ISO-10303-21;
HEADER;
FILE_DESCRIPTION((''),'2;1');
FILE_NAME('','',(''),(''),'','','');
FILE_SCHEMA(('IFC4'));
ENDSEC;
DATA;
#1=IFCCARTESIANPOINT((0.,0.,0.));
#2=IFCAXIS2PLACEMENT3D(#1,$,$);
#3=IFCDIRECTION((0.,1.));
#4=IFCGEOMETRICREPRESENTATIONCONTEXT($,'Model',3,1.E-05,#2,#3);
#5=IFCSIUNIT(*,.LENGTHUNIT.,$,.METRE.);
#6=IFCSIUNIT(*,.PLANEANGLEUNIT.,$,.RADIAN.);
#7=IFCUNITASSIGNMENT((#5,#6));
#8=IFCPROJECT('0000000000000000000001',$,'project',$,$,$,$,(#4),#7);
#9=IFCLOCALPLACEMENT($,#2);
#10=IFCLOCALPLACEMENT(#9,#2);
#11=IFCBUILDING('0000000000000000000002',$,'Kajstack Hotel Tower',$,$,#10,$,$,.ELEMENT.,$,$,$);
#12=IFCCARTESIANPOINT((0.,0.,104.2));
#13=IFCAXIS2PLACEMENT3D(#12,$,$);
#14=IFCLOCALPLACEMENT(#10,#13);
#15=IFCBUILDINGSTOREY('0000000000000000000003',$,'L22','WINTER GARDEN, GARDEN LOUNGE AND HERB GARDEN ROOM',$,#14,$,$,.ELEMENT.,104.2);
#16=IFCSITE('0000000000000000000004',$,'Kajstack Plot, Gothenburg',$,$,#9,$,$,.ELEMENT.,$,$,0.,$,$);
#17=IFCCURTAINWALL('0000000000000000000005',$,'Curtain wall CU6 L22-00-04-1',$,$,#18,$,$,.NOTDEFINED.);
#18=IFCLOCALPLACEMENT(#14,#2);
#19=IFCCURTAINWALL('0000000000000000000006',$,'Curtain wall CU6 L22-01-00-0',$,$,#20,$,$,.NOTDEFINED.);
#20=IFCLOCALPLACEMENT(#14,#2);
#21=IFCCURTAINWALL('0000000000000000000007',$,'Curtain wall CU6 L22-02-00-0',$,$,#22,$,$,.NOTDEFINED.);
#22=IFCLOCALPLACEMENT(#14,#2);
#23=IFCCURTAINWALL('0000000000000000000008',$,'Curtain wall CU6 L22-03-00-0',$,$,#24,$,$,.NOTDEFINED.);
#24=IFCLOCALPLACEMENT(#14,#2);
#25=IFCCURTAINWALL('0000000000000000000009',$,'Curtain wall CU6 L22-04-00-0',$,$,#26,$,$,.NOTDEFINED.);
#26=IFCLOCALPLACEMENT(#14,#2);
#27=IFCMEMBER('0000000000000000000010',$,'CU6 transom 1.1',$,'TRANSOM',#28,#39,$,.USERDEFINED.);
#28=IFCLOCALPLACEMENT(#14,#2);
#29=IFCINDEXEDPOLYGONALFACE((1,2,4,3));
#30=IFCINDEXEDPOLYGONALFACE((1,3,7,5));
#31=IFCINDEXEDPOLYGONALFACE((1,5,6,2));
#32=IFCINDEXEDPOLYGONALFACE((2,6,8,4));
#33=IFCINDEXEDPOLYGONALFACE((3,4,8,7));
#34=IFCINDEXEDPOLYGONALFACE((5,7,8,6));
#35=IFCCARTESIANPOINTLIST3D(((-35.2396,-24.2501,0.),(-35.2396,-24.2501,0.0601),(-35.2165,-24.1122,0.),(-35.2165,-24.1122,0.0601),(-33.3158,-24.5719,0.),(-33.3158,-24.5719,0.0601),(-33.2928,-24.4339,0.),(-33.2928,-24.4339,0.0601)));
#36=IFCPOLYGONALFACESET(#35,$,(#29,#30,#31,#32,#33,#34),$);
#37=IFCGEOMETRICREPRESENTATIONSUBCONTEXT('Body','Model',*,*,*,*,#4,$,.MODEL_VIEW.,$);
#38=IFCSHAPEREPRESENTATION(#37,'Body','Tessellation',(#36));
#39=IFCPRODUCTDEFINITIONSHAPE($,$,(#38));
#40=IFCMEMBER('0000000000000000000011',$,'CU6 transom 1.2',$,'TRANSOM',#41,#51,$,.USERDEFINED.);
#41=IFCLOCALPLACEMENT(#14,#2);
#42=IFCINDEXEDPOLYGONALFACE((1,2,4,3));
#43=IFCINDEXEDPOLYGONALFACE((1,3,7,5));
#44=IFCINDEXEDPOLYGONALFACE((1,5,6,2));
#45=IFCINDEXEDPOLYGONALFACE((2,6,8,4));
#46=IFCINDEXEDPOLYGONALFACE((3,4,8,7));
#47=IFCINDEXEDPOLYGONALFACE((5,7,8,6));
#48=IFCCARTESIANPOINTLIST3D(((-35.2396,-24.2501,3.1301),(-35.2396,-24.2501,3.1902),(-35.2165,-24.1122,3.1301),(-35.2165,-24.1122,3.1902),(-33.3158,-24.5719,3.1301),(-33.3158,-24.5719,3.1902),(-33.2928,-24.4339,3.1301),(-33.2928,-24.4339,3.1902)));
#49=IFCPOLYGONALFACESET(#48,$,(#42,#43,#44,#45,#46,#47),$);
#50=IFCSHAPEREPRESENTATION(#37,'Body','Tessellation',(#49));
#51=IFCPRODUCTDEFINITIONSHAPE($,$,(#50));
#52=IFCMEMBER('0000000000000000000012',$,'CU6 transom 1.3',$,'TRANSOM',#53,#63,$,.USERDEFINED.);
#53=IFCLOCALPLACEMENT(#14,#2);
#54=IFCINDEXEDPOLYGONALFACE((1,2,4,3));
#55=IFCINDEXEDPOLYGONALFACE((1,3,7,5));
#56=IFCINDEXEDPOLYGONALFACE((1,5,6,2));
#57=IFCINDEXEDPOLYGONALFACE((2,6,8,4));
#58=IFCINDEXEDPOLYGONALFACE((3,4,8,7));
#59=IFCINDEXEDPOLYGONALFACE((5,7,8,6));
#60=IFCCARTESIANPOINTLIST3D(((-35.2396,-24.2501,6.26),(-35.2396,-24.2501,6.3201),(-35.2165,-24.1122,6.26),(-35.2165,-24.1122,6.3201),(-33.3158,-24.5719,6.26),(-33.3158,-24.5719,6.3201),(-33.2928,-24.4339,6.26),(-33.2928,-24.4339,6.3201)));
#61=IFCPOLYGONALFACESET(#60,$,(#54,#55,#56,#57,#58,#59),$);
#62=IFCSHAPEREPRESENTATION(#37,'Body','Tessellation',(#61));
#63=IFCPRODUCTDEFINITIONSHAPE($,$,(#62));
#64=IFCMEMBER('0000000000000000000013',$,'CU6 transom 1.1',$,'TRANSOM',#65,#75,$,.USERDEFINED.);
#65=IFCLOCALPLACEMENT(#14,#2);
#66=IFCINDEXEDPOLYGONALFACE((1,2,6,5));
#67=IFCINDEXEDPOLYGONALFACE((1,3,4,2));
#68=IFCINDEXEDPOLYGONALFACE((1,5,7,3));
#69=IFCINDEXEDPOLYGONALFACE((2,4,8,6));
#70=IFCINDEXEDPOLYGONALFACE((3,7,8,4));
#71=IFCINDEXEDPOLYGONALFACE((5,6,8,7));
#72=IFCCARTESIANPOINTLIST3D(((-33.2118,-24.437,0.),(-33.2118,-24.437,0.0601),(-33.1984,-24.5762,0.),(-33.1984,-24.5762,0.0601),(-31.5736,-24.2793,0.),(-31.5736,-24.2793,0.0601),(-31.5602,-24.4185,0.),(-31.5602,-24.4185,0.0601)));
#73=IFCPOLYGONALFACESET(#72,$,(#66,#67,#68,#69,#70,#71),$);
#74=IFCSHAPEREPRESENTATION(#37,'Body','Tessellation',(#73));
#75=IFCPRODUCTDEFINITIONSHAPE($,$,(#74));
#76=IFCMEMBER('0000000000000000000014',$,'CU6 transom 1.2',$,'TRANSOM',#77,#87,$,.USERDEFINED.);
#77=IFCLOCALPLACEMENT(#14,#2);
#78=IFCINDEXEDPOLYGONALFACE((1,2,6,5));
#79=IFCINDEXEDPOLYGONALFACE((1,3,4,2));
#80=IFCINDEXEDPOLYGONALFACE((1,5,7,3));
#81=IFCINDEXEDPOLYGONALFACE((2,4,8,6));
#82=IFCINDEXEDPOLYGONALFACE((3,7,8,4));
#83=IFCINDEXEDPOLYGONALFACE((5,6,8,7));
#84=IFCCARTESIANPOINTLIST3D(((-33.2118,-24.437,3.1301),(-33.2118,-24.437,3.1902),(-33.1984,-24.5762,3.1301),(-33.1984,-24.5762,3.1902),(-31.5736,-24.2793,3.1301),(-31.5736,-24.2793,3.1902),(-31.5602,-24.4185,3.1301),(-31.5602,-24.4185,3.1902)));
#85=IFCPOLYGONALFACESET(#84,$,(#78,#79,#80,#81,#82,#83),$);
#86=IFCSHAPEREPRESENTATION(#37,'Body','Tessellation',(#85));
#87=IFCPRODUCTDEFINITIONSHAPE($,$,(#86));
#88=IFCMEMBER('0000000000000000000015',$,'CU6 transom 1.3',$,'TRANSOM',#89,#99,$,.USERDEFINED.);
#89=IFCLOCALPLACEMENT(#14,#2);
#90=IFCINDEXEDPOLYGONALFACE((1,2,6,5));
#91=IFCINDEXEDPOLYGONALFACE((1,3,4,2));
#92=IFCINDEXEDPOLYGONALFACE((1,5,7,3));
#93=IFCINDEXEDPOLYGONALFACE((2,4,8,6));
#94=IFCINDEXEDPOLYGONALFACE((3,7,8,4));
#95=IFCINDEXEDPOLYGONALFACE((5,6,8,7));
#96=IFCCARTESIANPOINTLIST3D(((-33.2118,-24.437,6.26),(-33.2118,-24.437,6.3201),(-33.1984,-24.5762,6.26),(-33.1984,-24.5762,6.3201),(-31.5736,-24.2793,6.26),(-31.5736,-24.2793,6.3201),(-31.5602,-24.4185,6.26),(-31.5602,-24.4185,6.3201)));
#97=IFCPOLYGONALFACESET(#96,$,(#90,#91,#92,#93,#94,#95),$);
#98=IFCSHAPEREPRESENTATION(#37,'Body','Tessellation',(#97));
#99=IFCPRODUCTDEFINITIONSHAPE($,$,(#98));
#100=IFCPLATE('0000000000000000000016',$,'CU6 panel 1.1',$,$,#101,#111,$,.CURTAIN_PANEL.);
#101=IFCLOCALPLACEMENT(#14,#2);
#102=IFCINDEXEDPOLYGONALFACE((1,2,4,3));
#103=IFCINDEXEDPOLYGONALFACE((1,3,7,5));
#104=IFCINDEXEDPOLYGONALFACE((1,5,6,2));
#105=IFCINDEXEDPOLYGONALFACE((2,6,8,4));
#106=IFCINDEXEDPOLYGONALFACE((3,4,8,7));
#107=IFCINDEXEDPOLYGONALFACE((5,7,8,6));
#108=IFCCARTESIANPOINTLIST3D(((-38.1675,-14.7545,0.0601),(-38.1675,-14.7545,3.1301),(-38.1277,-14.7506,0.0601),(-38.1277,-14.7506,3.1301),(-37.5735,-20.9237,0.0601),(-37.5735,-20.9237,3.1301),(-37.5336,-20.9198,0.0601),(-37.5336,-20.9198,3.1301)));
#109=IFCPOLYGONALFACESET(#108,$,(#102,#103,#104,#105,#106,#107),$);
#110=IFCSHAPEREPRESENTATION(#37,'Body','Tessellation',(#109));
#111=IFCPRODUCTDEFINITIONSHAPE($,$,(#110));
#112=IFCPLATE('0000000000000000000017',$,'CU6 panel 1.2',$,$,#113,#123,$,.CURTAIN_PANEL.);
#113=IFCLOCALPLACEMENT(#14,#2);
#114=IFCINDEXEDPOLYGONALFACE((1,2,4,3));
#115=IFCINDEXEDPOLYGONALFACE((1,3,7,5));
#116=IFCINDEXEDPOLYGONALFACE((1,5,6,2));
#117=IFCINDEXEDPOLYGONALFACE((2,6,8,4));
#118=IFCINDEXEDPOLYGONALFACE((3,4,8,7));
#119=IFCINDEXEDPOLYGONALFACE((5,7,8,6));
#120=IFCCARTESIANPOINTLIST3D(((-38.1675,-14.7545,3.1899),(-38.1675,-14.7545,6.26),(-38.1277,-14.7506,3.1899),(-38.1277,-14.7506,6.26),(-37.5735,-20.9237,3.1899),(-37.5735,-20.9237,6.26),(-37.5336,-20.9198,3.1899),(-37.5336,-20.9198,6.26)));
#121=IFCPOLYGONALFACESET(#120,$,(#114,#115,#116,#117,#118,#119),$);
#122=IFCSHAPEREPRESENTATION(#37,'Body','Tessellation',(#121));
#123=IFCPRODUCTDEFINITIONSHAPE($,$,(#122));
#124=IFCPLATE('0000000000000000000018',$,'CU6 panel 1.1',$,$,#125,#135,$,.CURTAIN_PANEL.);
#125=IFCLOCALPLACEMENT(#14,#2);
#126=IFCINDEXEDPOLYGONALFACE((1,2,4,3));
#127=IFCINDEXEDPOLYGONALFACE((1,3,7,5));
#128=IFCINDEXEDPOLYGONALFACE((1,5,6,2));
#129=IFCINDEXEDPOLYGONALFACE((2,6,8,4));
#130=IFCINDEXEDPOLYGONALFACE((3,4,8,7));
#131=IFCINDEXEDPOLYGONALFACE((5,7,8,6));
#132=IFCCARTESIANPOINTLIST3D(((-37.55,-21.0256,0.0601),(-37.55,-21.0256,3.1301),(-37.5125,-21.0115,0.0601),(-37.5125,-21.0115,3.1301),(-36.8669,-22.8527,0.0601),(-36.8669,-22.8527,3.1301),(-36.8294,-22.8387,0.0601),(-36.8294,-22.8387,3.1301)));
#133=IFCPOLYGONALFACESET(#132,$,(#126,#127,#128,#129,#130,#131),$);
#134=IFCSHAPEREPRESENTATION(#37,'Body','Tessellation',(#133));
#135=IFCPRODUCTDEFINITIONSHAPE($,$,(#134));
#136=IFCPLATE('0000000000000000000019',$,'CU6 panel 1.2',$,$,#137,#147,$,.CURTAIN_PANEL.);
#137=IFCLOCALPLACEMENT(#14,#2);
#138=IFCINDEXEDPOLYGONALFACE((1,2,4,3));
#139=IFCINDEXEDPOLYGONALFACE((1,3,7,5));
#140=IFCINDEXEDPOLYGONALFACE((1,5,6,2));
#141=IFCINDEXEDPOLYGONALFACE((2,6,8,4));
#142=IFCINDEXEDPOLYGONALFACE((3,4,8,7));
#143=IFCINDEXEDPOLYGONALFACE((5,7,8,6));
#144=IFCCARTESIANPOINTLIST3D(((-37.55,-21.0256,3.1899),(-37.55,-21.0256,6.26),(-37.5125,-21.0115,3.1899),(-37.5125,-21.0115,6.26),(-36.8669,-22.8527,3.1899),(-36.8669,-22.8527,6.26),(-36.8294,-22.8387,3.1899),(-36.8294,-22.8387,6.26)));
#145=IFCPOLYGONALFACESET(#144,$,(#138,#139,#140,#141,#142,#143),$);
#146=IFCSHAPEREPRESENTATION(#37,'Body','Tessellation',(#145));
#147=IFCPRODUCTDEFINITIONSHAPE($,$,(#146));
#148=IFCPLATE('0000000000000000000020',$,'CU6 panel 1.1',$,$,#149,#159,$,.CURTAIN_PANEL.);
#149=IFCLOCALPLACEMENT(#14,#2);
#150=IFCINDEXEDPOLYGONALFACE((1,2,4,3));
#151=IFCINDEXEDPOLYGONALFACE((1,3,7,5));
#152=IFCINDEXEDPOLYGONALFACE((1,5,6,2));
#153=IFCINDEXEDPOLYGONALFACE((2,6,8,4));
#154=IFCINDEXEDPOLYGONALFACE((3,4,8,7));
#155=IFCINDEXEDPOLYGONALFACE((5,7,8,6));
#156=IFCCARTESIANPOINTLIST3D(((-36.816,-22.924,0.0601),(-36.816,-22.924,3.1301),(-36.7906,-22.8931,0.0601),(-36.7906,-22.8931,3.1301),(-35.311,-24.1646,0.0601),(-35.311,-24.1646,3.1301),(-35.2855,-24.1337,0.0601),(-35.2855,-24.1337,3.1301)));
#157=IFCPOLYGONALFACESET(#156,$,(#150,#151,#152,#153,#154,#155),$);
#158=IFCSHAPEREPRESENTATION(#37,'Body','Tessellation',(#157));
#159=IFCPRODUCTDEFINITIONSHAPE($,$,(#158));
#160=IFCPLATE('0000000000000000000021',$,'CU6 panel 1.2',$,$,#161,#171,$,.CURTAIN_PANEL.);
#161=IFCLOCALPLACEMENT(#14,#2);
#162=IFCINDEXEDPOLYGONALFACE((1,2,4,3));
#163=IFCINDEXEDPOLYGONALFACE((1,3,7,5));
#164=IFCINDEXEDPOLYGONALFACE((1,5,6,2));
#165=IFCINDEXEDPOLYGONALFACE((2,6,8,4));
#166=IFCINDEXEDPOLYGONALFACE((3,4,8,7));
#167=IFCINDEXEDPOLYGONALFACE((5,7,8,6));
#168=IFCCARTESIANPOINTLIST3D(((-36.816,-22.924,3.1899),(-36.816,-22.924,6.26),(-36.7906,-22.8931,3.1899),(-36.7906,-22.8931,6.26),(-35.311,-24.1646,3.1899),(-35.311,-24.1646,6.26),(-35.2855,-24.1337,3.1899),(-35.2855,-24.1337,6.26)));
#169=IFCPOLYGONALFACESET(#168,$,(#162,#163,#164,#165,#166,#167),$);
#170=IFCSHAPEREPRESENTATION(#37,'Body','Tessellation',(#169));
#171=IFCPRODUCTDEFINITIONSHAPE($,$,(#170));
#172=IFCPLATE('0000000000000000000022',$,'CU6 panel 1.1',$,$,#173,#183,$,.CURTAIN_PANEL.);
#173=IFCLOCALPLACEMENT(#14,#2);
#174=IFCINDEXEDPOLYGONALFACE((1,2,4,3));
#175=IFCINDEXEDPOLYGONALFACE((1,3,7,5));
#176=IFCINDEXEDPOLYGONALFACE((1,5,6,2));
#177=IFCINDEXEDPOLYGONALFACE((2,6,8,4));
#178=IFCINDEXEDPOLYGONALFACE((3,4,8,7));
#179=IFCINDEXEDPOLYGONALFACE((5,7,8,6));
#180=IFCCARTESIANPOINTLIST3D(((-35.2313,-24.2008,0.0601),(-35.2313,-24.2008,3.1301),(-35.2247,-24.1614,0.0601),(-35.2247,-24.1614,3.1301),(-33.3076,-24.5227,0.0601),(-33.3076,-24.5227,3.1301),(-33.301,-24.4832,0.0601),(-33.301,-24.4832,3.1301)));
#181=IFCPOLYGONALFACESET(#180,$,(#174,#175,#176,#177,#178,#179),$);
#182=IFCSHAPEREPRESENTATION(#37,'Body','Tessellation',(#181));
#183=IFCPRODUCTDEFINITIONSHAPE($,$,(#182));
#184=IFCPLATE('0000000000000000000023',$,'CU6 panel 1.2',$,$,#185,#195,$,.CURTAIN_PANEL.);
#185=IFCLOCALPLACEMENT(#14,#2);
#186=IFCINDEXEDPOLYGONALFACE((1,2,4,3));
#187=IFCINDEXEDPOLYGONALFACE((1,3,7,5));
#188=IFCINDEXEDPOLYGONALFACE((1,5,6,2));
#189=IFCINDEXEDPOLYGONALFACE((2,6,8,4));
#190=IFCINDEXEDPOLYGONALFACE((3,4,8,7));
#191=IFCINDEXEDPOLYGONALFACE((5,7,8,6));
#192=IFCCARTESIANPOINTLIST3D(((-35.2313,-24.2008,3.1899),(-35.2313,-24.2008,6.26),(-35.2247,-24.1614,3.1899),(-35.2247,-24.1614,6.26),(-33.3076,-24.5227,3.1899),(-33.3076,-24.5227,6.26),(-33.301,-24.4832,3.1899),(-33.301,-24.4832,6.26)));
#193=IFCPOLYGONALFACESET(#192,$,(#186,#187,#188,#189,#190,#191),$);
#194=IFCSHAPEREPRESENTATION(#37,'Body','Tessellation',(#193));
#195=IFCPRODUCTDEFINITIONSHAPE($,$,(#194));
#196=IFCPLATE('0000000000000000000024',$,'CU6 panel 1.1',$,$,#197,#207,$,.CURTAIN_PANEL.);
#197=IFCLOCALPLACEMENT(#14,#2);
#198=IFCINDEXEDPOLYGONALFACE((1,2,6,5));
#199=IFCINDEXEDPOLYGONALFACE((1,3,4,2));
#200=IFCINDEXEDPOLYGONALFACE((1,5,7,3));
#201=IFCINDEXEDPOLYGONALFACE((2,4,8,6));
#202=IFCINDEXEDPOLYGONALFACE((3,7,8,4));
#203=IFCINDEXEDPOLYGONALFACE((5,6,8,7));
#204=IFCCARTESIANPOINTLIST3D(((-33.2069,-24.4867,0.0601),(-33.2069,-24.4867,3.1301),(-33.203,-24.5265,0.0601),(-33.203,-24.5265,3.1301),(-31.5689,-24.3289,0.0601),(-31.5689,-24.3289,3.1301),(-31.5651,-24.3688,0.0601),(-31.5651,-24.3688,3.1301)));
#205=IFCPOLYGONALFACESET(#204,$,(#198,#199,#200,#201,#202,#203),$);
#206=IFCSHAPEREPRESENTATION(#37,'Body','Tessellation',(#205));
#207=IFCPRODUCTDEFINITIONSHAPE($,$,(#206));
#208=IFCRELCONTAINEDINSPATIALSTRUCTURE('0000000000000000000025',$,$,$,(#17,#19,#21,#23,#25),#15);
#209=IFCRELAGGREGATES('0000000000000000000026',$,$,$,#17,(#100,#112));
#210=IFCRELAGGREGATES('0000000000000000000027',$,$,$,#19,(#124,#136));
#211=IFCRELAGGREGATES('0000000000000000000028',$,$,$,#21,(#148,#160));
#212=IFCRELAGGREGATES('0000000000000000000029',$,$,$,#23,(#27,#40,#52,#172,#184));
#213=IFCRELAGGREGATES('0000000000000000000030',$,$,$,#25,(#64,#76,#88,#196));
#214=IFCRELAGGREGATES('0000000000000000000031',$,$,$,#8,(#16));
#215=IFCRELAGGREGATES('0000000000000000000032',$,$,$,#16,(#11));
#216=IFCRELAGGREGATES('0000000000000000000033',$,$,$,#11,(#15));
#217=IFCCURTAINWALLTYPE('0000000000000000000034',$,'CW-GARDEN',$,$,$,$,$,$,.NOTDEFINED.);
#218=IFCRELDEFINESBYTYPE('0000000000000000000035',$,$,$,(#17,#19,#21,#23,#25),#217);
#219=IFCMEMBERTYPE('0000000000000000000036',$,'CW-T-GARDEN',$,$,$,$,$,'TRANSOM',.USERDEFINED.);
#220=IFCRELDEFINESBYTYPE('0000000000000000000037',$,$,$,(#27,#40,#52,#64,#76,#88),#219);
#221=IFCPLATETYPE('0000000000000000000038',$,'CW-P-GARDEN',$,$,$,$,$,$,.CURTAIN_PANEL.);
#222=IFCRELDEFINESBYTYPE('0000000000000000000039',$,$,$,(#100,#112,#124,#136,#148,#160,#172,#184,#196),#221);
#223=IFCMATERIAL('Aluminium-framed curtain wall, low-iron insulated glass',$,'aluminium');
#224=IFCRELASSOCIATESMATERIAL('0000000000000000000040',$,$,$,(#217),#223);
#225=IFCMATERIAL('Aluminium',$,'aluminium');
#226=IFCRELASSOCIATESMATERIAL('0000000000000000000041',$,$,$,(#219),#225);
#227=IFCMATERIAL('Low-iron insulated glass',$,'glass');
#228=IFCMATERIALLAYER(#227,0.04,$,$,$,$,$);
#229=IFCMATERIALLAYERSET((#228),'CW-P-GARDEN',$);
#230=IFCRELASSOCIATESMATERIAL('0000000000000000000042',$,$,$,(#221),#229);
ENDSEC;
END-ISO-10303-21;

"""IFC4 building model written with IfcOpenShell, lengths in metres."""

from ifc_helpers import new_model, si_unit, direction, frame, origin, origin_2d, place, context, subcontext, project, spatial, rectangle, extrude, material, layer, layer_set, material_profile, profile_set, type_object, element, aggregate, save


model = new_model("IFC4")

# Units and contexts
model_context = context("Model", 3, precision=1e-05, world=origin(), true_north=direction((0.0, 1.0)))
body_context = subcontext(model_context, "Body", "Model", "MODEL_VIEW")
ifc_project = project(units=[si_unit("LENGTHUNIT", "METRE"), si_unit("PLANEANGLEUNIT", "RADIAN")], contexts=[model_context])

# Site, building, storey
site_placement = place(None, origin())
site = spatial("IfcSite", under=ifc_project, at=site_placement, Name="Kajstack Plot, Gothenburg", CompositionType="ELEMENT", RefElevation=0.0)
building_placement = place(site_placement, origin())
building = spatial("IfcBuilding", under=site, at=building_placement, Name="Kajstack Hotel Tower", CompositionType="ELEMENT")
storey_placement = place(building_placement, frame((0.0, 0.0, 104.2)))
storey = spatial("IfcBuildingStorey", under=building, at=storey_placement, Name="L22", Description="WINTER GARDEN, GARDEN LOUNGE AND HERB GARDEN ROOM", CompositionType="ELEMENT", Elevation=104.2)

# Curtain wall
ifc_material_1 = material(Name="Aluminium-framed curtain wall, low-iron insulated glass", Category="aluminium")
curtain_wall_type = type_object("IfcCurtainWallType", Name="CW-GARDEN", PredefinedType="NOTDEFINED", material=ifc_material_1)
curtain_wall_1_placement = place(storey_placement, origin())
curtain_wall_1 = element("IfcCurtainWall", 1, at=curtain_wall_1_placement, inside=storey, type_object=curtain_wall_type, Name="Curtain wall CU6 L22-00-04-1", PredefinedType="NOTDEFINED")
ifc_material_2 = material(Name="Aluminium", Category="aluminium")

# Curtain walls
curtain_wall_2_placement = place(storey_placement, origin())
curtain_wall_2 = element("IfcCurtainWall", 2, at=curtain_wall_2_placement, inside=storey, type_object=curtain_wall_type, Name="Curtain wall CU6 L22-01-00-0", PredefinedType="NOTDEFINED")
curtain_wall_3_placement = place(storey_placement, origin())
curtain_wall_3 = element("IfcCurtainWall", 3, at=curtain_wall_3_placement, inside=storey, type_object=curtain_wall_type, Name="Curtain wall CU6 L22-02-00-0", PredefinedType="NOTDEFINED")
curtain_wall_4_placement = place(storey_placement, origin())
curtain_wall_4 = element("IfcCurtainWall", 4, at=curtain_wall_4_placement, inside=storey, type_object=curtain_wall_type, Name="Curtain wall CU6 L22-03-00-0", PredefinedType="NOTDEFINED")

# Curtain wall
curtain_wall_5_placement = place(storey_placement, origin())
curtain_wall_5 = element("IfcCurtainWall", 5, at=curtain_wall_5_placement, inside=storey, type_object=curtain_wall_type, Name="Curtain wall CU6 L22-04-00-0", PredefinedType="NOTDEFINED")

# Members
ifc_material_profile_1 = material_profile(ifc_material_2, rectangle(XDim=0.1399, YDim=0.0601, at=origin_2d()), Name="Aluminium transom 140 x 60")
ifc_profile_set_1 = profile_set([ifc_material_profile_1], Name="Aluminium")
member_type_1 = type_object("IfcMemberType", Name="CW-T-GARDEN", ElementType="TRANSOM", PredefinedType="USERDEFINED", material=ifc_profile_set_1)
member_1_placement = place(storey_placement, frame((-35.228, -24.1812, 0.03), z_axis=(0.986299, -0.164967, 0.0), x_axis=(0.164967, 0.986299, 0.0)))
member_1 = element("IfcMember", 6, at=member_1_placement, type_object=member_type_1, Name="CU6 transom 1.1", ObjectType="TRANSOM", PredefinedType="USERDEFINED", context=body_context, shape_type="SweptSolid", body=[
    extrude(rectangle(XDim=0.1399, YDim=0.0601, at=origin_2d()), origin(), (0.0, 0.0, 1.0), 1.9504),
])
member_2_placement = place(storey_placement, frame((-35.228, -24.1812, 3.1602), z_axis=(0.986299, -0.164967, 0.0), x_axis=(0.164967, 0.986299, 0.0)))
member_2 = element("IfcMember", 7, at=member_2_placement, type_object=member_type_1, Name="CU6 transom 1.2", ObjectType="TRANSOM", PredefinedType="USERDEFINED", context=body_context, shape_type="SweptSolid", body=[
    extrude(rectangle(XDim=0.1399, YDim=0.0601, at=origin_2d()), origin(), (0.0, 0.0, 1.0), 1.9504),
])
member_3_placement = place(storey_placement, frame((-35.228, -24.1812, 6.29), z_axis=(0.986299, -0.164967, 0.0), x_axis=(0.164967, 0.986299, 0.0)))
member_3 = element("IfcMember", 8, at=member_3_placement, type_object=member_type_1, Name="CU6 transom 1.3", ObjectType="TRANSOM", PredefinedType="USERDEFINED", context=body_context, shape_type="SweptSolid", body=[
    extrude(rectangle(XDim=0.1399, YDim=0.0601, at=origin_2d()), origin(), (0.0, 0.0, 1.0), 1.9504),
])
member_4_placement = place(storey_placement, frame((-33.2051, -24.5066, 0.03), z_axis=(0.995398, 0.095831, 0.0), x_axis=(-0.095831, 0.995398, 0.0)))
member_4 = element("IfcMember", 9, at=member_4_placement, type_object=member_type_1, Name="CU6 transom 1.1", ObjectType="TRANSOM", PredefinedType="USERDEFINED", context=body_context, shape_type="SweptSolid", body=[
    extrude(rectangle(XDim=0.1399, YDim=0.0601, at=origin_2d()), origin(), (0.0, 0.0, 1.0), 1.6458),
])
member_5_placement = place(storey_placement, frame((-33.2051, -24.5066, 3.1602), z_axis=(0.995398, 0.095831, 0.0), x_axis=(-0.095831, 0.995398, 0.0)))
member_5 = element("IfcMember", 10, at=member_5_placement, type_object=member_type_1, Name="CU6 transom 1.2", ObjectType="TRANSOM", PredefinedType="USERDEFINED", context=body_context, shape_type="SweptSolid", body=[
    extrude(rectangle(XDim=0.1399, YDim=0.0601, at=origin_2d()), origin(), (0.0, 0.0, 1.0), 1.6458),
])
member_6_placement = place(storey_placement, frame((-33.2051, -24.5066, 6.29), z_axis=(0.995398, 0.095831, 0.0), x_axis=(-0.095831, 0.995398, 0.0)))
member_6 = element("IfcMember", 11, at=member_6_placement, type_object=member_type_1, Name="CU6 transom 1.3", ObjectType="TRANSOM", PredefinedType="USERDEFINED", context=body_context, shape_type="SweptSolid", body=[
    extrude(rectangle(XDim=0.1399, YDim=0.0601, at=origin_2d()), origin(), (0.0, 0.0, 1.0), 1.6458),
])

# Plates
ifc_material_3 = material(Name="Low-iron insulated glass", Category="glass")
ifc_layer_1 = layer(ifc_material_3, 0.04)
ifc_layer_set_1 = layer_set([ifc_layer_1], Name="CW-P-GARDEN")
plate_type = type_object("IfcPlateType", Name="CW-P-GARDEN", PredefinedType="CURTAIN_PANEL", material=ifc_layer_set_1)
plate_1_placement = place(storey_placement, frame((-37.8506, -17.8372, 0.0601), z_axis=(0.0, 0.0, 1.0), x_axis=(0.095846, -0.995396, 0.0)))
plate_1 = element("IfcPlate", 12, at=plate_1_placement, type_object=plate_type, Name="CU6 panel 1.1", PredefinedType="CURTAIN_PANEL", context=body_context, shape_type="SweptSolid", body=[
    extrude(rectangle(XDim=6.1978, YDim=0.04, at=origin_2d()), origin(), (0.0, 0.0, 1.0), 3.0701),
])
plate_2_placement = place(storey_placement, frame((-37.8506, -17.8372, 3.1899), z_axis=(0.0, 0.0, 1.0), x_axis=(0.095846, -0.995396, 0.0)))
plate_2 = element("IfcPlate", 13, at=plate_2_placement, type_object=plate_type, Name="CU6 panel 1.2", PredefinedType="CURTAIN_PANEL", context=body_context, shape_type="SweptSolid", body=[
    extrude(rectangle(XDim=6.1978, YDim=0.04, at=origin_2d()), origin(), (0.0, 0.0, 1.0), 3.0701),
])
aggregate(curtain_wall_1, [plate_1, plate_2])
plate_3_placement = place(storey_placement, frame((-37.1897, -21.9321, 0.0601), z_axis=(0.0, 0.0, 1.0), x_axis=(0.350186, -0.93668, 0.0)))
plate_3 = element("IfcPlate", 14, at=plate_3_placement, type_object=plate_type, Name="CU6 panel 1.1", PredefinedType="CURTAIN_PANEL", context=body_context, shape_type="SweptSolid", body=[
    extrude(rectangle(XDim=1.9507, YDim=0.04, at=origin_2d()), origin(), (0.0, 0.0, 1.0), 3.0701),
])
plate_4_placement = place(storey_placement, frame((-37.1897, -21.9321, 3.1899), z_axis=(0.0, 0.0, 1.0), x_axis=(0.350186, -0.93668, 0.0)))
plate_4 = element("IfcPlate", 15, at=plate_4_placement, type_object=plate_type, Name="CU6 panel 1.2", PredefinedType="CURTAIN_PANEL", context=body_context, shape_type="SweptSolid", body=[
    extrude(rectangle(XDim=1.9507, YDim=0.04, at=origin_2d()), origin(), (0.0, 0.0, 1.0), 3.0701),
])
aggregate(curtain_wall_2, [plate_3, plate_4])
plate_5_placement = place(storey_placement, frame((-36.0508, -23.5288, 0.0601), z_axis=(0.0, 0.0, 1.0), x_axis=(0.771635, -0.636066, 0.0)))
plate_5 = element("IfcPlate", 16, at=plate_5_placement, type_object=plate_type, Name="CU6 panel 1.1", PredefinedType="CURTAIN_PANEL", context=body_context, shape_type="SweptSolid", body=[
    extrude(rectangle(XDim=1.9504, YDim=0.04, at=origin_2d()), origin(), (0.0, 0.0, 1.0), 3.0701),
])
plate_6_placement = place(storey_placement, frame((-36.0508, -23.5288, 3.1899), z_axis=(0.0, 0.0, 1.0), x_axis=(0.771635, -0.636066, 0.0)))
plate_6 = element("IfcPlate", 17, at=plate_6_placement, type_object=plate_type, Name="CU6 panel 1.2", PredefinedType="CURTAIN_PANEL", context=body_context, shape_type="SweptSolid", body=[
    extrude(rectangle(XDim=1.9504, YDim=0.04, at=origin_2d()), origin(), (0.0, 0.0, 1.0), 3.0701),
])
aggregate(curtain_wall_3, [plate_5, plate_6])
plate_7_placement = place(storey_placement, frame((-34.2661, -24.342, 0.0601), z_axis=(0.0, 0.0, 1.0), x_axis=(0.986288, -0.165033, 0.0)))
plate_7 = element("IfcPlate", 18, at=plate_7_placement, type_object=plate_type, Name="CU6 panel 1.1", PredefinedType="CURTAIN_PANEL", context=body_context, shape_type="SweptSolid", body=[
    extrude(rectangle(XDim=1.9504, YDim=0.04, at=origin_2d()), origin(), (0.0, 0.0, 1.0), 3.0701),
])
plate_8_placement = place(storey_placement, frame((-34.2661, -24.342, 3.1899), z_axis=(0.0, 0.0, 1.0), x_axis=(0.986288, -0.165033, 0.0)))
plate_8 = element("IfcPlate", 19, at=plate_8_placement, type_object=plate_type, Name="CU6 panel 1.2", PredefinedType="CURTAIN_PANEL", context=body_context, shape_type="SweptSolid", body=[
    extrude(rectangle(XDim=1.9504, YDim=0.04, at=origin_2d()), origin(), (0.0, 0.0, 1.0), 3.0701),
])
aggregate(curtain_wall_4, [member_1, member_2, member_3, plate_7, plate_8])
plate_9_placement = place(storey_placement, frame((-32.386, -24.4277, 0.0601), z_axis=(0.0, 0.0, 1.0), x_axis=(0.995396, 0.095846, 0.0)))
plate_9 = element("IfcPlate", 20, at=plate_9_placement, type_object=plate_type, Name="CU6 panel 1.1", PredefinedType="CURTAIN_PANEL", context=body_context, shape_type="SweptSolid", body=[
    extrude(rectangle(XDim=1.6455, YDim=0.04, at=origin_2d()), origin(), (0.0, 0.0, 1.0), 3.0701),
])
aggregate(curtain_wall_5, [member_4, member_5, member_6, plate_9])

save(model, "model.ifc")
